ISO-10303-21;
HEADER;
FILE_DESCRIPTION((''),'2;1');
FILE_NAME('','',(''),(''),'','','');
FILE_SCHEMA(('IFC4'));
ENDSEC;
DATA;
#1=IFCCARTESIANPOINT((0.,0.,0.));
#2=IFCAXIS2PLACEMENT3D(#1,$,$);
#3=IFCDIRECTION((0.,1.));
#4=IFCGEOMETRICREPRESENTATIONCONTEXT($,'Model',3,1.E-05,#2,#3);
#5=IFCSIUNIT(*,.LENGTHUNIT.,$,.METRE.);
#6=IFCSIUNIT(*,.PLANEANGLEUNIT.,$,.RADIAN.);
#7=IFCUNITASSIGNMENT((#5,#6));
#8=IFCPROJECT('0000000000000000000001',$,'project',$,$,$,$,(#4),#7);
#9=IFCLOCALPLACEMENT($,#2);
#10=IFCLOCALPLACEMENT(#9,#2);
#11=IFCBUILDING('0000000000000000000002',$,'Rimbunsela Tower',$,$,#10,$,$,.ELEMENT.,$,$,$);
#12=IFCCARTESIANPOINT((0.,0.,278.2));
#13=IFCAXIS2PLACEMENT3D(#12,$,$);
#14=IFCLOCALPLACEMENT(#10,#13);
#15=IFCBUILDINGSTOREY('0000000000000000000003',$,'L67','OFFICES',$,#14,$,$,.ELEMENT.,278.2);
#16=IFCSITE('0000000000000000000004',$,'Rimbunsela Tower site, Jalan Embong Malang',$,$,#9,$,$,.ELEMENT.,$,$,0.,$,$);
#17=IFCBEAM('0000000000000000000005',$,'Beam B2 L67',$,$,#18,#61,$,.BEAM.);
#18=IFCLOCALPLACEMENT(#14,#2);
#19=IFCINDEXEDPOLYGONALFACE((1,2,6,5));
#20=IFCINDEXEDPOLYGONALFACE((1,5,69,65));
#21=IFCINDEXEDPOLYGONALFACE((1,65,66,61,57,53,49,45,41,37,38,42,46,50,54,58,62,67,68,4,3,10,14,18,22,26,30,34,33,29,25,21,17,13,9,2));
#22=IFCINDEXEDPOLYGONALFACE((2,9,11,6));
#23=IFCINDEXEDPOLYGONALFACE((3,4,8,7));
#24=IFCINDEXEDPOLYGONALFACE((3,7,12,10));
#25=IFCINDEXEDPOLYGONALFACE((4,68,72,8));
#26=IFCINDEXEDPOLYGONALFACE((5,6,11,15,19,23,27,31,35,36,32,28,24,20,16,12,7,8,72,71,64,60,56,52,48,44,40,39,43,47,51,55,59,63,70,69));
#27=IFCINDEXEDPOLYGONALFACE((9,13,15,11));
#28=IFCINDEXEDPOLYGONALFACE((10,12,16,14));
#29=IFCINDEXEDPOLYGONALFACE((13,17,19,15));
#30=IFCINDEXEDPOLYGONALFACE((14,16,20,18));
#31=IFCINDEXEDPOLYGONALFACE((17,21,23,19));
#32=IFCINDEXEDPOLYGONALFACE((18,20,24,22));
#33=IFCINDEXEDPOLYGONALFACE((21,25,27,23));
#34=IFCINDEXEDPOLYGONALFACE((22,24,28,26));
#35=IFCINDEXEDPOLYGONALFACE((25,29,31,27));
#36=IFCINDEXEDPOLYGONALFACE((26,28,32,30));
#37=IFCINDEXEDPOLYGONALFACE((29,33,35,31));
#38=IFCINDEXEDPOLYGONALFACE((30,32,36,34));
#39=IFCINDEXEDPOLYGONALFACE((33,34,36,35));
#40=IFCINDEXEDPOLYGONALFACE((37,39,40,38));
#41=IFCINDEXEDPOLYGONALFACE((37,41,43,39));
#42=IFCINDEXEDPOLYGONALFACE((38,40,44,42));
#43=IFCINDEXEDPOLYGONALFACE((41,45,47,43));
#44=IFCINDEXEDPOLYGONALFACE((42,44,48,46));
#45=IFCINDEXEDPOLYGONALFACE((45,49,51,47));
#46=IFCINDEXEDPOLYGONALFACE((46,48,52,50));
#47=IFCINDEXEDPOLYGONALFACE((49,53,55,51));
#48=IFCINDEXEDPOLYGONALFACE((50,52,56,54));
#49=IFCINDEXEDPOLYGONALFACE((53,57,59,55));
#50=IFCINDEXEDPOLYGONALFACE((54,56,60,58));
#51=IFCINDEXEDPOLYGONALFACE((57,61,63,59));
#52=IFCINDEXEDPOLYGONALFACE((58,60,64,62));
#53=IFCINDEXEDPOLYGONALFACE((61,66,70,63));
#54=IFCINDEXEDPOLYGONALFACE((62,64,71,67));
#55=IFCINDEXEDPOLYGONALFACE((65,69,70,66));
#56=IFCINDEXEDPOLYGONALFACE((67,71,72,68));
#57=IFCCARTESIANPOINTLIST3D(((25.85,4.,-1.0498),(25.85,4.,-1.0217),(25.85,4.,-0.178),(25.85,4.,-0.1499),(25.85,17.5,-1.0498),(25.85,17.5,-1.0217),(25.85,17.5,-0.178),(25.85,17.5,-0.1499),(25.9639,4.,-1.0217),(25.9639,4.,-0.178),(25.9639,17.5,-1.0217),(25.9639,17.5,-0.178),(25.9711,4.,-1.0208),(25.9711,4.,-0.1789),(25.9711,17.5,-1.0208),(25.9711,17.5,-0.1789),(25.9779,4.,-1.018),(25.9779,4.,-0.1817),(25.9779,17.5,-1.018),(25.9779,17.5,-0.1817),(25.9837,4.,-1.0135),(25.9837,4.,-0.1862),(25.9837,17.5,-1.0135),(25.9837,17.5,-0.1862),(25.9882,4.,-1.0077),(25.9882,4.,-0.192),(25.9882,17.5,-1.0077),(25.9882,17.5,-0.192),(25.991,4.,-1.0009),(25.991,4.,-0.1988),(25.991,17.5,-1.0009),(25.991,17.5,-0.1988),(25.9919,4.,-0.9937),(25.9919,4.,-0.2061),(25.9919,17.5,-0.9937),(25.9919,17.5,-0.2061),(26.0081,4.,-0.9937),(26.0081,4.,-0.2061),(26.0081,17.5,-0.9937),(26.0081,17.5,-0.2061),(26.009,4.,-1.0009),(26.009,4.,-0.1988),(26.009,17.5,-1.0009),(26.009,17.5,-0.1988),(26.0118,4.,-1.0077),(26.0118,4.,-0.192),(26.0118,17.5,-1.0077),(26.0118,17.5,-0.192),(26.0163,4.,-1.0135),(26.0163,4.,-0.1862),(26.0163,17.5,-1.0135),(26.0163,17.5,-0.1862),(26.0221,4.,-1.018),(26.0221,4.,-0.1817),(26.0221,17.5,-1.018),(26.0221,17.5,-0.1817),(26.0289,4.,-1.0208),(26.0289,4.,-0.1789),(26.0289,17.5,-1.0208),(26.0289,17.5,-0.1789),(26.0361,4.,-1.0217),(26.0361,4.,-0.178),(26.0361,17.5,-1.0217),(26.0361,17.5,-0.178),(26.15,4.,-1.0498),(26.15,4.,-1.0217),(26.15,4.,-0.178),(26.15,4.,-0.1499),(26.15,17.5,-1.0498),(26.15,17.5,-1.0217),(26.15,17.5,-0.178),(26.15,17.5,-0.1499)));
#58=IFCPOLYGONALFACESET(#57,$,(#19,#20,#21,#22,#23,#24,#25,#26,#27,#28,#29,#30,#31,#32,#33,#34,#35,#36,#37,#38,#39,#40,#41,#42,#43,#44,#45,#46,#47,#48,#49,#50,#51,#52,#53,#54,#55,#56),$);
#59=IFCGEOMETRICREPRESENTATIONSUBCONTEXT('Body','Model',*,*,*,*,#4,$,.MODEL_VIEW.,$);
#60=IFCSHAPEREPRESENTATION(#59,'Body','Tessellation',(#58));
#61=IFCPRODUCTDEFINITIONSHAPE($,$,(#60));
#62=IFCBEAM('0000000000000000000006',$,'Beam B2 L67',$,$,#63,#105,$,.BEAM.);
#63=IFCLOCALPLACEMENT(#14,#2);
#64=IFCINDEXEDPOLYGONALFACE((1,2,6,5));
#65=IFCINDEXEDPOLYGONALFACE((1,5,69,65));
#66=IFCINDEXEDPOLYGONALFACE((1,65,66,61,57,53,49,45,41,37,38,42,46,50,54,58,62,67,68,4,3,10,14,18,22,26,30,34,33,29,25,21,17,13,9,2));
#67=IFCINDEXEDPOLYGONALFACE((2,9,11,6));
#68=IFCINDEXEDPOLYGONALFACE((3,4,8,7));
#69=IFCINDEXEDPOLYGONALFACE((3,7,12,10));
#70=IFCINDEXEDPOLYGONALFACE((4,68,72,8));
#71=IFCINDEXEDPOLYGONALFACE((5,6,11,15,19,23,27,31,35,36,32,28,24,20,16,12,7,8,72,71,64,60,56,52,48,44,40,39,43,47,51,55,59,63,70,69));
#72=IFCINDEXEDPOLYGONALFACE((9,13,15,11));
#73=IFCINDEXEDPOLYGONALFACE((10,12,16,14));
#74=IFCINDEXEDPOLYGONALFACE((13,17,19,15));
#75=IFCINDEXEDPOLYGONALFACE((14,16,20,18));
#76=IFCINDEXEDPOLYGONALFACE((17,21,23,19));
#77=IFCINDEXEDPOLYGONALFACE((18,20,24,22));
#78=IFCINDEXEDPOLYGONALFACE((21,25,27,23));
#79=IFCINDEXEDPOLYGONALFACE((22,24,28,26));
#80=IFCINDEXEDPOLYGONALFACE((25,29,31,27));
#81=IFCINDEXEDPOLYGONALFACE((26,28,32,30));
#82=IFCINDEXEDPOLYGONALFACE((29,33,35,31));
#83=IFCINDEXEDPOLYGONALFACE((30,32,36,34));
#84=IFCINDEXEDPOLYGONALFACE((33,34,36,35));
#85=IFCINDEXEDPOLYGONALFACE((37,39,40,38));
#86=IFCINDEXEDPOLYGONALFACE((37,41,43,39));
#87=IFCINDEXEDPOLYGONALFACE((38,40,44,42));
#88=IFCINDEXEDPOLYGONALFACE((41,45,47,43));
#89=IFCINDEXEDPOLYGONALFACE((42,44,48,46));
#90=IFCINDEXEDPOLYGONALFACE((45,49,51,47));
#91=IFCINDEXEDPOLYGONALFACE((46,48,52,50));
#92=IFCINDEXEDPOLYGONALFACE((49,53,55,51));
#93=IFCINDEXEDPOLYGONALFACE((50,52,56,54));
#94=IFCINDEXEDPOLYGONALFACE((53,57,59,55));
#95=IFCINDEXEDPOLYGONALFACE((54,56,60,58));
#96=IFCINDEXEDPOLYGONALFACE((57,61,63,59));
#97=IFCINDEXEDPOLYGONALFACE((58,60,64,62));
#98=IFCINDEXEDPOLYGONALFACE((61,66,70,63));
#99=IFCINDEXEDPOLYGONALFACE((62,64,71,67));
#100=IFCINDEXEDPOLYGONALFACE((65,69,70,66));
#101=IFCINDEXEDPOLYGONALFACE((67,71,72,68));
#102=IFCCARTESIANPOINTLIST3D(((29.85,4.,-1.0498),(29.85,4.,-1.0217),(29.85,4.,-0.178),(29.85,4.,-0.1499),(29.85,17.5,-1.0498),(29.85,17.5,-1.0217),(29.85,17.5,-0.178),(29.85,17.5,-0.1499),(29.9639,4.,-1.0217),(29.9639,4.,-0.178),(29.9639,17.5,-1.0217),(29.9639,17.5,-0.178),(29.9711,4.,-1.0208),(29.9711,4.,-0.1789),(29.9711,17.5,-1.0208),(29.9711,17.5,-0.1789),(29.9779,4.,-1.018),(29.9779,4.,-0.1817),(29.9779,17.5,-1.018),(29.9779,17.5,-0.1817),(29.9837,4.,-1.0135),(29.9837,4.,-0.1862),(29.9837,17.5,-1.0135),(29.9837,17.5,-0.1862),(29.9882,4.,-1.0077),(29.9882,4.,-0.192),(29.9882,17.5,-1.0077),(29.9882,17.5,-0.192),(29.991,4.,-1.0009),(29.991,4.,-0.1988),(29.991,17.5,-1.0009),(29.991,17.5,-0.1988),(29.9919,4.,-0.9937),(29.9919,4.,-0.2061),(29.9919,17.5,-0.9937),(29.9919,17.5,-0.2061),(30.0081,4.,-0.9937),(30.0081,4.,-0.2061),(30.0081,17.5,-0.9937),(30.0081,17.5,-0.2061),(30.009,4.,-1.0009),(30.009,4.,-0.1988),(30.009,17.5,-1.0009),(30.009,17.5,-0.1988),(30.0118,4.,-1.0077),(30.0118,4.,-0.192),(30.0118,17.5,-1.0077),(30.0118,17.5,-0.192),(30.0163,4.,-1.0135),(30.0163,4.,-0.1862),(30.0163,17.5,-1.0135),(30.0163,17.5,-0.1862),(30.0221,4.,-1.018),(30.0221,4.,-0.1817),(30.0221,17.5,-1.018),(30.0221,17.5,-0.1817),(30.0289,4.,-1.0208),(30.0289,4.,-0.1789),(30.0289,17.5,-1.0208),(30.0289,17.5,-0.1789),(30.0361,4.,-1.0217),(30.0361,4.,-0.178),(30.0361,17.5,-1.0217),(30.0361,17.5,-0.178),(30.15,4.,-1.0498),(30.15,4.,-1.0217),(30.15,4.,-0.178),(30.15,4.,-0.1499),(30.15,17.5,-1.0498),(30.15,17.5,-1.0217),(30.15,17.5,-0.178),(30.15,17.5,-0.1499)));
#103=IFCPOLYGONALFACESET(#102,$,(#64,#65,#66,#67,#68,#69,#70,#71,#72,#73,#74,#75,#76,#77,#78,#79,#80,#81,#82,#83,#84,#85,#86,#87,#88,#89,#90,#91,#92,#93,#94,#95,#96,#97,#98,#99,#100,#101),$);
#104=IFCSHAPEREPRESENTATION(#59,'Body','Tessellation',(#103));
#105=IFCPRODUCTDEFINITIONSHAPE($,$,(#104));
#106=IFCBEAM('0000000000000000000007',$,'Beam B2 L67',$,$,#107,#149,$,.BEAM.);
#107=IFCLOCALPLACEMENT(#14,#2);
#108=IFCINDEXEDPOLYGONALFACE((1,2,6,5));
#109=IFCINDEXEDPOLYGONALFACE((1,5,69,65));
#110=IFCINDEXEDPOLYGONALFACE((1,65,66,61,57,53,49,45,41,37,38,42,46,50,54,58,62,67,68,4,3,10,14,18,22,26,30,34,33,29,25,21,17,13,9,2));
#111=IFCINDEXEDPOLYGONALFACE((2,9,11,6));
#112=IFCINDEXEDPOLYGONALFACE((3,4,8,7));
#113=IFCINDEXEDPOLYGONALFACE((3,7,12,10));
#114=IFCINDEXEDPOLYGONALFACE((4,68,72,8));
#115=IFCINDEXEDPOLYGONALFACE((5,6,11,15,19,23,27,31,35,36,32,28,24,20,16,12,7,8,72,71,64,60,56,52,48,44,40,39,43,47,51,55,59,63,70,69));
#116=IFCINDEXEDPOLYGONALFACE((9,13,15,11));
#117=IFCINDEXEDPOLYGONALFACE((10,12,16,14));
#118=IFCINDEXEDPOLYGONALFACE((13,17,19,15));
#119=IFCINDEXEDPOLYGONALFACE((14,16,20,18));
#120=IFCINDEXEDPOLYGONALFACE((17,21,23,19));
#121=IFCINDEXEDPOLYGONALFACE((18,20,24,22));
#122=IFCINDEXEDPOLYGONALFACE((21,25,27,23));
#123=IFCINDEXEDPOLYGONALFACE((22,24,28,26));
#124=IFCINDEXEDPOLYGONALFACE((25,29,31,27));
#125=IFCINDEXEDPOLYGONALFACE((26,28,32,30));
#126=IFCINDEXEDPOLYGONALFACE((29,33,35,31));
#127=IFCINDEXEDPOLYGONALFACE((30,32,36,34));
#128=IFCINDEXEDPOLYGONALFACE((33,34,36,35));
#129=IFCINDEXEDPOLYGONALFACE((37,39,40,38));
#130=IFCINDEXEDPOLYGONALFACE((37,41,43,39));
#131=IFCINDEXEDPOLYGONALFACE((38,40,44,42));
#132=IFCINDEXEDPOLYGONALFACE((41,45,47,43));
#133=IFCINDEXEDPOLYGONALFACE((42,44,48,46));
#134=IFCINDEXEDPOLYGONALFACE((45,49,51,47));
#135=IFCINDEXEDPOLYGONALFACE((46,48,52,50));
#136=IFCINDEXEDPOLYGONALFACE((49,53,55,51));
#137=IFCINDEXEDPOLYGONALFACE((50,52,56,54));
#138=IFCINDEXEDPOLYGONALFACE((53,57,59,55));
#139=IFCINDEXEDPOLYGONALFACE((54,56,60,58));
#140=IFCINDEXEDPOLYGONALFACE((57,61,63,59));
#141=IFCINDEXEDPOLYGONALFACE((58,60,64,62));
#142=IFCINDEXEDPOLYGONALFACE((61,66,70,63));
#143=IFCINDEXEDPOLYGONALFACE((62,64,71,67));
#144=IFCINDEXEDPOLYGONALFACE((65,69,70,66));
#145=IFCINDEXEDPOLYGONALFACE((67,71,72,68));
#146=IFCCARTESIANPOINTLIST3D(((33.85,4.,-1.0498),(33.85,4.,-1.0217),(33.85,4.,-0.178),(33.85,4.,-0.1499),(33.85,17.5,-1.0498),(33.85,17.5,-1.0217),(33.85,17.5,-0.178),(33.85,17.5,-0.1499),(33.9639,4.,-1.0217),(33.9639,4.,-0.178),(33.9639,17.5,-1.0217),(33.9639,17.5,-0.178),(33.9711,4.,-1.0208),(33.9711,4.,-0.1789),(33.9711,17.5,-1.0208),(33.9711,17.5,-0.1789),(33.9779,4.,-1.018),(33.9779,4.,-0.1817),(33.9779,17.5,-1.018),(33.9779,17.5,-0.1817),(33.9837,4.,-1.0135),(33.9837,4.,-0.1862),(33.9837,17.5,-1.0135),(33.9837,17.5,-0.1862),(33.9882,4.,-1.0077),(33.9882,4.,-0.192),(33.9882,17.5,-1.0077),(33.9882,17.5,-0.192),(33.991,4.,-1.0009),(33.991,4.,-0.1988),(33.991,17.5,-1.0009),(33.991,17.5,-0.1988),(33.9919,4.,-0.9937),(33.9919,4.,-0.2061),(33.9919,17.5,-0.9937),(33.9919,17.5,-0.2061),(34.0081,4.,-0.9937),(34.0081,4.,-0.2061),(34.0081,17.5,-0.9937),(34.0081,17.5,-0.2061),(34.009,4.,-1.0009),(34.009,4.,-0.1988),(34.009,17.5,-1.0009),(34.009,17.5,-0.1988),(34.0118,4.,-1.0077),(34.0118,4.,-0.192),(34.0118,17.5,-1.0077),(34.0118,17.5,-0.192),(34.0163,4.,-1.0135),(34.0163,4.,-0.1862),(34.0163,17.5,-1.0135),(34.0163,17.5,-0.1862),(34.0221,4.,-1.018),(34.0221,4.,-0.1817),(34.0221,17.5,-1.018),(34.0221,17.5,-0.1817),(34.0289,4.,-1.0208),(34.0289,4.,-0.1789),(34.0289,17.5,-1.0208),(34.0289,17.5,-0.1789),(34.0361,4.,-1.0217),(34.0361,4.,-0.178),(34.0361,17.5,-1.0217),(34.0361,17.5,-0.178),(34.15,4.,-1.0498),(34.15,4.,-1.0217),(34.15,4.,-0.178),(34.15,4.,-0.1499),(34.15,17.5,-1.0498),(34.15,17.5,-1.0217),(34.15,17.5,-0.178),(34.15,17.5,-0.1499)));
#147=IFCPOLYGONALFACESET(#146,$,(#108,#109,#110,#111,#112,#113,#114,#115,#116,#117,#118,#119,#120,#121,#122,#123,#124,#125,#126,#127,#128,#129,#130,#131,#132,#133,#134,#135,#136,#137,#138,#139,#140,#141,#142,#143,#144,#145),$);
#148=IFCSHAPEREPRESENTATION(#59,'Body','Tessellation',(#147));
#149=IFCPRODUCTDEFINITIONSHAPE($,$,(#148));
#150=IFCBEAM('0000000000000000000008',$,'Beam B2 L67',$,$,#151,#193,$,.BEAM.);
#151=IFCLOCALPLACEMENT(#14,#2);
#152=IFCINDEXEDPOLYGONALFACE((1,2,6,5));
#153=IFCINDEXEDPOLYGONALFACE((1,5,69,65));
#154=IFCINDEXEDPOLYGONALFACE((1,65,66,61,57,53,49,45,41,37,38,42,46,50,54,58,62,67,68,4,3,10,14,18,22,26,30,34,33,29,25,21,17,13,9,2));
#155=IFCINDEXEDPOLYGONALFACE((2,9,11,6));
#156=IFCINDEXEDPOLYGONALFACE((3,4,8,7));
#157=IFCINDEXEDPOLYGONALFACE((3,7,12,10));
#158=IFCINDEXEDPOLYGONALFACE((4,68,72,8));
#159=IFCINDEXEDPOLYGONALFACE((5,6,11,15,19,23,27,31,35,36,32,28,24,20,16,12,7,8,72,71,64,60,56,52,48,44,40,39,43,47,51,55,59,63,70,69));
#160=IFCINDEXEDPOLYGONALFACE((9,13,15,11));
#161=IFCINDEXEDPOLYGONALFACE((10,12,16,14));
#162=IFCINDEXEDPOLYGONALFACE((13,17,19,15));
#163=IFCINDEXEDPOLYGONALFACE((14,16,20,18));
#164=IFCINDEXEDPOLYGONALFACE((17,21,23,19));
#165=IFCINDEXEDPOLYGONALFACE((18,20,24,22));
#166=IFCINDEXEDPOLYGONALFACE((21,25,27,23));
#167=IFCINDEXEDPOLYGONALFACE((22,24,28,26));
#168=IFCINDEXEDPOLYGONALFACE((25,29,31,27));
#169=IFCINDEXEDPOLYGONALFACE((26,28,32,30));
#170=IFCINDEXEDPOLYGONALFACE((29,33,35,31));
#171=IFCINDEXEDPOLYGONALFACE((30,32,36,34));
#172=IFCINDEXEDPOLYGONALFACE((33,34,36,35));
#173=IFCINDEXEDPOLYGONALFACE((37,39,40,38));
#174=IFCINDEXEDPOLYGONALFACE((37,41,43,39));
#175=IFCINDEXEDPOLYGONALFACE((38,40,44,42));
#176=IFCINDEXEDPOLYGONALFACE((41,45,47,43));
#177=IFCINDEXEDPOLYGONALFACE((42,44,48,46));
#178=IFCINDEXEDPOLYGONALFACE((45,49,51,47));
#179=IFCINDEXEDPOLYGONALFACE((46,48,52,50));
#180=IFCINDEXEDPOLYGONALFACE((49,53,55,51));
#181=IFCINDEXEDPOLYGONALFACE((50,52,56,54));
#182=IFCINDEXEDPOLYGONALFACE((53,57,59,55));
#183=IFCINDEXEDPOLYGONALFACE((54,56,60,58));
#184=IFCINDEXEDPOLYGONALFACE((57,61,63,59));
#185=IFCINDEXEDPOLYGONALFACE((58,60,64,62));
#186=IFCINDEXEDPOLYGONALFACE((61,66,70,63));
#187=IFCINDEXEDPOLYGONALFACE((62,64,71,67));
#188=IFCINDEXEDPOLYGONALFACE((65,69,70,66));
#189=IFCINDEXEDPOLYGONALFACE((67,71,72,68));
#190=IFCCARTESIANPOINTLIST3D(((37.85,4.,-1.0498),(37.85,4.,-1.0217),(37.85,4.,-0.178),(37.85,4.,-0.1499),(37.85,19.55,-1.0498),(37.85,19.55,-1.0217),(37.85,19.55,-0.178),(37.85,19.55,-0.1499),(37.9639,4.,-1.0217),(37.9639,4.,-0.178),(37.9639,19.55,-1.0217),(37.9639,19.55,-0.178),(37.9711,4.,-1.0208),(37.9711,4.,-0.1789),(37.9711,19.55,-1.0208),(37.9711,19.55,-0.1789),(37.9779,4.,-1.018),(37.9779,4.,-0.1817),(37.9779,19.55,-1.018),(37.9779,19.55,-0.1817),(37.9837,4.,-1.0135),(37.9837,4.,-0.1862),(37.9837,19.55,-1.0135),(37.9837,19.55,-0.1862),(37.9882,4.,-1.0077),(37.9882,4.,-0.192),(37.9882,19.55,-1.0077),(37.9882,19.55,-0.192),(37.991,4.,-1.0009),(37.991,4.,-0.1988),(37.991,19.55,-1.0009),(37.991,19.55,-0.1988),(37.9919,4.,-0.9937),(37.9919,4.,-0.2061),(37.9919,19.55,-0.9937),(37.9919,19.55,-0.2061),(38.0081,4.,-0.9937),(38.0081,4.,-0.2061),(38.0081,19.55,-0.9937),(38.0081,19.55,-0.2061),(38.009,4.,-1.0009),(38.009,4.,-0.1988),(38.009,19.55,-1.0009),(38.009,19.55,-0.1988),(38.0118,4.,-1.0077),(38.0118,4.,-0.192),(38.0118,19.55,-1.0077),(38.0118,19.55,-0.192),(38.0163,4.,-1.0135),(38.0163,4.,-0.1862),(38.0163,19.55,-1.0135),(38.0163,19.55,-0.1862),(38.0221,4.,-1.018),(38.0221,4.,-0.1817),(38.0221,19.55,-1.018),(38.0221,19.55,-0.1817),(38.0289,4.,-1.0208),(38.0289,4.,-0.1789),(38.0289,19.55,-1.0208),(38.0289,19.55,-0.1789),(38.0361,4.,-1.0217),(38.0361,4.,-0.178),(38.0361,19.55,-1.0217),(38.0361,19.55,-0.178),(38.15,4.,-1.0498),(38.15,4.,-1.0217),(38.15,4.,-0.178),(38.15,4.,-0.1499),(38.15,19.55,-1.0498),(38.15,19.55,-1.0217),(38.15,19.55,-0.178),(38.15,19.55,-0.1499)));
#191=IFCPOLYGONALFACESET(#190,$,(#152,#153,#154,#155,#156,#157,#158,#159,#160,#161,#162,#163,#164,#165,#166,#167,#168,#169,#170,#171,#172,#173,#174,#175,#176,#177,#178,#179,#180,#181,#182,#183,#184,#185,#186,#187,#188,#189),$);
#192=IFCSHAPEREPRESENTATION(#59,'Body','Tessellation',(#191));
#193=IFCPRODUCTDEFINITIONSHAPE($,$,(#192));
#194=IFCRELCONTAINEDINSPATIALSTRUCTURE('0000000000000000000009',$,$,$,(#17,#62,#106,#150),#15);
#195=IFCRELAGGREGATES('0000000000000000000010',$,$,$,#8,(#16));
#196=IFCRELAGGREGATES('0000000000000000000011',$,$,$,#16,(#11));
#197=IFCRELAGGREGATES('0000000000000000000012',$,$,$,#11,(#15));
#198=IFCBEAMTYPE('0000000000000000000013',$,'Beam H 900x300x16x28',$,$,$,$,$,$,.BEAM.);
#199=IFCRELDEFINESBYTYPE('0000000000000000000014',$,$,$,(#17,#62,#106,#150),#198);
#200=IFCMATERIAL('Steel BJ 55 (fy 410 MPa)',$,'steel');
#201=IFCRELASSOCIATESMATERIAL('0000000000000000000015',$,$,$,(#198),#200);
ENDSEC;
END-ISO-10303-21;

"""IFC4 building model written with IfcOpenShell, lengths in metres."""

from ifc_helpers import new_model, si_unit, direction, frame, origin, origin_2d, place, context, subcontext, project, spatial, i_section, extrude, material, material_profile, profile_set, type_object, element, save


model = new_model("IFC4")

# Units and contexts
model_context = context("Model", 3, precision=1e-05, world=origin(), true_north=direction((0.0, 1.0)))
body_context = subcontext(model_context, "Body", "Model", "MODEL_VIEW")
ifc_project = project(units=[si_unit("LENGTHUNIT", "METRE"), si_unit("PLANEANGLEUNIT", "RADIAN")], contexts=[model_context])

# Site, building, storey
site_placement = place(None, origin())
site = spatial("IfcSite", under=ifc_project, at=site_placement, Name="Rimbunsela Tower site, Jalan Embong Malang", CompositionType="ELEMENT", RefElevation=0.0)
building_placement = place(site_placement, origin())
building = spatial("IfcBuilding", under=site, at=building_placement, Name="Rimbunsela Tower", CompositionType="ELEMENT")
storey_placement = place(building_placement, frame((0.0, 0.0, 278.2)))
storey = spatial("IfcBuildingStorey", under=building, at=storey_placement, Name="L67", Description="OFFICES", CompositionType="ELEMENT", Elevation=278.2)

# Beams
ifc_material_1 = material(Name="Steel BJ 55 (fy 410 MPa)", Category="steel")
ifc_material_profile_1 = material_profile(ifc_material_1, i_section(OverallWidth=0.3, OverallDepth=0.8999, WebThickness=0.0161, FlangeThickness=0.0281, FilletRadius=0.0281, at=origin_2d()), Name="H 900x300x16x28")
ifc_profile_set_1 = profile_set([ifc_material_profile_1], Name="Steel BJ 55 (fy 410 MPa)")
beam_type_1 = type_object("IfcBeamType", Name="Beam H 900x300x16x28", PredefinedType="BEAM", material=ifc_profile_set_1)
for number, where, z_axis, x_axis, name in (
    (1, (26.0, 4.0, -0.5999), (0.0, 1.0, 0.0), (-1.0, 0.0, 0.0), "Beam B2 L67"),
    (2, (30.0, 4.0, -0.5999), (0.0, 1.0, 0.0), (-1.0, 0.0, 0.0), "Beam B2 L67"),
    (3, (34.0, 4.0, -0.5999), (0.0, 1.0, 0.0), (-1.0, 0.0, 0.0), "Beam B2 L67"),
):
    element("IfcBeam", number, at=place(storey_placement, frame(where, z_axis=z_axis, x_axis=x_axis)), inside=storey, type_object=beam_type_1, Name=name, PredefinedType="BEAM", context=body_context, shape_type="SweptSolid", body=[
        extrude(i_section(OverallWidth=0.3, OverallDepth=0.8999, WebThickness=0.0161, FlangeThickness=0.0281, FilletRadius=0.0281, at=origin_2d()), origin(), (0.0, 0.0, 1.0), 13.5),
    ])
beam_placement = place(storey_placement, frame((38.0, 4.0, -0.5999), z_axis=(0.0, 1.0, 0.0), x_axis=(-1.0, 0.0, 0.0)))
element("IfcBeam", 4, at=beam_placement, inside=storey, type_object=beam_type_1, Name="Beam B2 L67", PredefinedType="BEAM", context=body_context, shape_type="SweptSolid", body=[
    extrude(i_section(OverallWidth=0.3, OverallDepth=0.8999, WebThickness=0.0161, FlangeThickness=0.0281, FilletRadius=0.0281, at=origin_2d()), origin(), (0.0, 0.0, 1.0), 15.55),
])

save(model, "model.ifc")
